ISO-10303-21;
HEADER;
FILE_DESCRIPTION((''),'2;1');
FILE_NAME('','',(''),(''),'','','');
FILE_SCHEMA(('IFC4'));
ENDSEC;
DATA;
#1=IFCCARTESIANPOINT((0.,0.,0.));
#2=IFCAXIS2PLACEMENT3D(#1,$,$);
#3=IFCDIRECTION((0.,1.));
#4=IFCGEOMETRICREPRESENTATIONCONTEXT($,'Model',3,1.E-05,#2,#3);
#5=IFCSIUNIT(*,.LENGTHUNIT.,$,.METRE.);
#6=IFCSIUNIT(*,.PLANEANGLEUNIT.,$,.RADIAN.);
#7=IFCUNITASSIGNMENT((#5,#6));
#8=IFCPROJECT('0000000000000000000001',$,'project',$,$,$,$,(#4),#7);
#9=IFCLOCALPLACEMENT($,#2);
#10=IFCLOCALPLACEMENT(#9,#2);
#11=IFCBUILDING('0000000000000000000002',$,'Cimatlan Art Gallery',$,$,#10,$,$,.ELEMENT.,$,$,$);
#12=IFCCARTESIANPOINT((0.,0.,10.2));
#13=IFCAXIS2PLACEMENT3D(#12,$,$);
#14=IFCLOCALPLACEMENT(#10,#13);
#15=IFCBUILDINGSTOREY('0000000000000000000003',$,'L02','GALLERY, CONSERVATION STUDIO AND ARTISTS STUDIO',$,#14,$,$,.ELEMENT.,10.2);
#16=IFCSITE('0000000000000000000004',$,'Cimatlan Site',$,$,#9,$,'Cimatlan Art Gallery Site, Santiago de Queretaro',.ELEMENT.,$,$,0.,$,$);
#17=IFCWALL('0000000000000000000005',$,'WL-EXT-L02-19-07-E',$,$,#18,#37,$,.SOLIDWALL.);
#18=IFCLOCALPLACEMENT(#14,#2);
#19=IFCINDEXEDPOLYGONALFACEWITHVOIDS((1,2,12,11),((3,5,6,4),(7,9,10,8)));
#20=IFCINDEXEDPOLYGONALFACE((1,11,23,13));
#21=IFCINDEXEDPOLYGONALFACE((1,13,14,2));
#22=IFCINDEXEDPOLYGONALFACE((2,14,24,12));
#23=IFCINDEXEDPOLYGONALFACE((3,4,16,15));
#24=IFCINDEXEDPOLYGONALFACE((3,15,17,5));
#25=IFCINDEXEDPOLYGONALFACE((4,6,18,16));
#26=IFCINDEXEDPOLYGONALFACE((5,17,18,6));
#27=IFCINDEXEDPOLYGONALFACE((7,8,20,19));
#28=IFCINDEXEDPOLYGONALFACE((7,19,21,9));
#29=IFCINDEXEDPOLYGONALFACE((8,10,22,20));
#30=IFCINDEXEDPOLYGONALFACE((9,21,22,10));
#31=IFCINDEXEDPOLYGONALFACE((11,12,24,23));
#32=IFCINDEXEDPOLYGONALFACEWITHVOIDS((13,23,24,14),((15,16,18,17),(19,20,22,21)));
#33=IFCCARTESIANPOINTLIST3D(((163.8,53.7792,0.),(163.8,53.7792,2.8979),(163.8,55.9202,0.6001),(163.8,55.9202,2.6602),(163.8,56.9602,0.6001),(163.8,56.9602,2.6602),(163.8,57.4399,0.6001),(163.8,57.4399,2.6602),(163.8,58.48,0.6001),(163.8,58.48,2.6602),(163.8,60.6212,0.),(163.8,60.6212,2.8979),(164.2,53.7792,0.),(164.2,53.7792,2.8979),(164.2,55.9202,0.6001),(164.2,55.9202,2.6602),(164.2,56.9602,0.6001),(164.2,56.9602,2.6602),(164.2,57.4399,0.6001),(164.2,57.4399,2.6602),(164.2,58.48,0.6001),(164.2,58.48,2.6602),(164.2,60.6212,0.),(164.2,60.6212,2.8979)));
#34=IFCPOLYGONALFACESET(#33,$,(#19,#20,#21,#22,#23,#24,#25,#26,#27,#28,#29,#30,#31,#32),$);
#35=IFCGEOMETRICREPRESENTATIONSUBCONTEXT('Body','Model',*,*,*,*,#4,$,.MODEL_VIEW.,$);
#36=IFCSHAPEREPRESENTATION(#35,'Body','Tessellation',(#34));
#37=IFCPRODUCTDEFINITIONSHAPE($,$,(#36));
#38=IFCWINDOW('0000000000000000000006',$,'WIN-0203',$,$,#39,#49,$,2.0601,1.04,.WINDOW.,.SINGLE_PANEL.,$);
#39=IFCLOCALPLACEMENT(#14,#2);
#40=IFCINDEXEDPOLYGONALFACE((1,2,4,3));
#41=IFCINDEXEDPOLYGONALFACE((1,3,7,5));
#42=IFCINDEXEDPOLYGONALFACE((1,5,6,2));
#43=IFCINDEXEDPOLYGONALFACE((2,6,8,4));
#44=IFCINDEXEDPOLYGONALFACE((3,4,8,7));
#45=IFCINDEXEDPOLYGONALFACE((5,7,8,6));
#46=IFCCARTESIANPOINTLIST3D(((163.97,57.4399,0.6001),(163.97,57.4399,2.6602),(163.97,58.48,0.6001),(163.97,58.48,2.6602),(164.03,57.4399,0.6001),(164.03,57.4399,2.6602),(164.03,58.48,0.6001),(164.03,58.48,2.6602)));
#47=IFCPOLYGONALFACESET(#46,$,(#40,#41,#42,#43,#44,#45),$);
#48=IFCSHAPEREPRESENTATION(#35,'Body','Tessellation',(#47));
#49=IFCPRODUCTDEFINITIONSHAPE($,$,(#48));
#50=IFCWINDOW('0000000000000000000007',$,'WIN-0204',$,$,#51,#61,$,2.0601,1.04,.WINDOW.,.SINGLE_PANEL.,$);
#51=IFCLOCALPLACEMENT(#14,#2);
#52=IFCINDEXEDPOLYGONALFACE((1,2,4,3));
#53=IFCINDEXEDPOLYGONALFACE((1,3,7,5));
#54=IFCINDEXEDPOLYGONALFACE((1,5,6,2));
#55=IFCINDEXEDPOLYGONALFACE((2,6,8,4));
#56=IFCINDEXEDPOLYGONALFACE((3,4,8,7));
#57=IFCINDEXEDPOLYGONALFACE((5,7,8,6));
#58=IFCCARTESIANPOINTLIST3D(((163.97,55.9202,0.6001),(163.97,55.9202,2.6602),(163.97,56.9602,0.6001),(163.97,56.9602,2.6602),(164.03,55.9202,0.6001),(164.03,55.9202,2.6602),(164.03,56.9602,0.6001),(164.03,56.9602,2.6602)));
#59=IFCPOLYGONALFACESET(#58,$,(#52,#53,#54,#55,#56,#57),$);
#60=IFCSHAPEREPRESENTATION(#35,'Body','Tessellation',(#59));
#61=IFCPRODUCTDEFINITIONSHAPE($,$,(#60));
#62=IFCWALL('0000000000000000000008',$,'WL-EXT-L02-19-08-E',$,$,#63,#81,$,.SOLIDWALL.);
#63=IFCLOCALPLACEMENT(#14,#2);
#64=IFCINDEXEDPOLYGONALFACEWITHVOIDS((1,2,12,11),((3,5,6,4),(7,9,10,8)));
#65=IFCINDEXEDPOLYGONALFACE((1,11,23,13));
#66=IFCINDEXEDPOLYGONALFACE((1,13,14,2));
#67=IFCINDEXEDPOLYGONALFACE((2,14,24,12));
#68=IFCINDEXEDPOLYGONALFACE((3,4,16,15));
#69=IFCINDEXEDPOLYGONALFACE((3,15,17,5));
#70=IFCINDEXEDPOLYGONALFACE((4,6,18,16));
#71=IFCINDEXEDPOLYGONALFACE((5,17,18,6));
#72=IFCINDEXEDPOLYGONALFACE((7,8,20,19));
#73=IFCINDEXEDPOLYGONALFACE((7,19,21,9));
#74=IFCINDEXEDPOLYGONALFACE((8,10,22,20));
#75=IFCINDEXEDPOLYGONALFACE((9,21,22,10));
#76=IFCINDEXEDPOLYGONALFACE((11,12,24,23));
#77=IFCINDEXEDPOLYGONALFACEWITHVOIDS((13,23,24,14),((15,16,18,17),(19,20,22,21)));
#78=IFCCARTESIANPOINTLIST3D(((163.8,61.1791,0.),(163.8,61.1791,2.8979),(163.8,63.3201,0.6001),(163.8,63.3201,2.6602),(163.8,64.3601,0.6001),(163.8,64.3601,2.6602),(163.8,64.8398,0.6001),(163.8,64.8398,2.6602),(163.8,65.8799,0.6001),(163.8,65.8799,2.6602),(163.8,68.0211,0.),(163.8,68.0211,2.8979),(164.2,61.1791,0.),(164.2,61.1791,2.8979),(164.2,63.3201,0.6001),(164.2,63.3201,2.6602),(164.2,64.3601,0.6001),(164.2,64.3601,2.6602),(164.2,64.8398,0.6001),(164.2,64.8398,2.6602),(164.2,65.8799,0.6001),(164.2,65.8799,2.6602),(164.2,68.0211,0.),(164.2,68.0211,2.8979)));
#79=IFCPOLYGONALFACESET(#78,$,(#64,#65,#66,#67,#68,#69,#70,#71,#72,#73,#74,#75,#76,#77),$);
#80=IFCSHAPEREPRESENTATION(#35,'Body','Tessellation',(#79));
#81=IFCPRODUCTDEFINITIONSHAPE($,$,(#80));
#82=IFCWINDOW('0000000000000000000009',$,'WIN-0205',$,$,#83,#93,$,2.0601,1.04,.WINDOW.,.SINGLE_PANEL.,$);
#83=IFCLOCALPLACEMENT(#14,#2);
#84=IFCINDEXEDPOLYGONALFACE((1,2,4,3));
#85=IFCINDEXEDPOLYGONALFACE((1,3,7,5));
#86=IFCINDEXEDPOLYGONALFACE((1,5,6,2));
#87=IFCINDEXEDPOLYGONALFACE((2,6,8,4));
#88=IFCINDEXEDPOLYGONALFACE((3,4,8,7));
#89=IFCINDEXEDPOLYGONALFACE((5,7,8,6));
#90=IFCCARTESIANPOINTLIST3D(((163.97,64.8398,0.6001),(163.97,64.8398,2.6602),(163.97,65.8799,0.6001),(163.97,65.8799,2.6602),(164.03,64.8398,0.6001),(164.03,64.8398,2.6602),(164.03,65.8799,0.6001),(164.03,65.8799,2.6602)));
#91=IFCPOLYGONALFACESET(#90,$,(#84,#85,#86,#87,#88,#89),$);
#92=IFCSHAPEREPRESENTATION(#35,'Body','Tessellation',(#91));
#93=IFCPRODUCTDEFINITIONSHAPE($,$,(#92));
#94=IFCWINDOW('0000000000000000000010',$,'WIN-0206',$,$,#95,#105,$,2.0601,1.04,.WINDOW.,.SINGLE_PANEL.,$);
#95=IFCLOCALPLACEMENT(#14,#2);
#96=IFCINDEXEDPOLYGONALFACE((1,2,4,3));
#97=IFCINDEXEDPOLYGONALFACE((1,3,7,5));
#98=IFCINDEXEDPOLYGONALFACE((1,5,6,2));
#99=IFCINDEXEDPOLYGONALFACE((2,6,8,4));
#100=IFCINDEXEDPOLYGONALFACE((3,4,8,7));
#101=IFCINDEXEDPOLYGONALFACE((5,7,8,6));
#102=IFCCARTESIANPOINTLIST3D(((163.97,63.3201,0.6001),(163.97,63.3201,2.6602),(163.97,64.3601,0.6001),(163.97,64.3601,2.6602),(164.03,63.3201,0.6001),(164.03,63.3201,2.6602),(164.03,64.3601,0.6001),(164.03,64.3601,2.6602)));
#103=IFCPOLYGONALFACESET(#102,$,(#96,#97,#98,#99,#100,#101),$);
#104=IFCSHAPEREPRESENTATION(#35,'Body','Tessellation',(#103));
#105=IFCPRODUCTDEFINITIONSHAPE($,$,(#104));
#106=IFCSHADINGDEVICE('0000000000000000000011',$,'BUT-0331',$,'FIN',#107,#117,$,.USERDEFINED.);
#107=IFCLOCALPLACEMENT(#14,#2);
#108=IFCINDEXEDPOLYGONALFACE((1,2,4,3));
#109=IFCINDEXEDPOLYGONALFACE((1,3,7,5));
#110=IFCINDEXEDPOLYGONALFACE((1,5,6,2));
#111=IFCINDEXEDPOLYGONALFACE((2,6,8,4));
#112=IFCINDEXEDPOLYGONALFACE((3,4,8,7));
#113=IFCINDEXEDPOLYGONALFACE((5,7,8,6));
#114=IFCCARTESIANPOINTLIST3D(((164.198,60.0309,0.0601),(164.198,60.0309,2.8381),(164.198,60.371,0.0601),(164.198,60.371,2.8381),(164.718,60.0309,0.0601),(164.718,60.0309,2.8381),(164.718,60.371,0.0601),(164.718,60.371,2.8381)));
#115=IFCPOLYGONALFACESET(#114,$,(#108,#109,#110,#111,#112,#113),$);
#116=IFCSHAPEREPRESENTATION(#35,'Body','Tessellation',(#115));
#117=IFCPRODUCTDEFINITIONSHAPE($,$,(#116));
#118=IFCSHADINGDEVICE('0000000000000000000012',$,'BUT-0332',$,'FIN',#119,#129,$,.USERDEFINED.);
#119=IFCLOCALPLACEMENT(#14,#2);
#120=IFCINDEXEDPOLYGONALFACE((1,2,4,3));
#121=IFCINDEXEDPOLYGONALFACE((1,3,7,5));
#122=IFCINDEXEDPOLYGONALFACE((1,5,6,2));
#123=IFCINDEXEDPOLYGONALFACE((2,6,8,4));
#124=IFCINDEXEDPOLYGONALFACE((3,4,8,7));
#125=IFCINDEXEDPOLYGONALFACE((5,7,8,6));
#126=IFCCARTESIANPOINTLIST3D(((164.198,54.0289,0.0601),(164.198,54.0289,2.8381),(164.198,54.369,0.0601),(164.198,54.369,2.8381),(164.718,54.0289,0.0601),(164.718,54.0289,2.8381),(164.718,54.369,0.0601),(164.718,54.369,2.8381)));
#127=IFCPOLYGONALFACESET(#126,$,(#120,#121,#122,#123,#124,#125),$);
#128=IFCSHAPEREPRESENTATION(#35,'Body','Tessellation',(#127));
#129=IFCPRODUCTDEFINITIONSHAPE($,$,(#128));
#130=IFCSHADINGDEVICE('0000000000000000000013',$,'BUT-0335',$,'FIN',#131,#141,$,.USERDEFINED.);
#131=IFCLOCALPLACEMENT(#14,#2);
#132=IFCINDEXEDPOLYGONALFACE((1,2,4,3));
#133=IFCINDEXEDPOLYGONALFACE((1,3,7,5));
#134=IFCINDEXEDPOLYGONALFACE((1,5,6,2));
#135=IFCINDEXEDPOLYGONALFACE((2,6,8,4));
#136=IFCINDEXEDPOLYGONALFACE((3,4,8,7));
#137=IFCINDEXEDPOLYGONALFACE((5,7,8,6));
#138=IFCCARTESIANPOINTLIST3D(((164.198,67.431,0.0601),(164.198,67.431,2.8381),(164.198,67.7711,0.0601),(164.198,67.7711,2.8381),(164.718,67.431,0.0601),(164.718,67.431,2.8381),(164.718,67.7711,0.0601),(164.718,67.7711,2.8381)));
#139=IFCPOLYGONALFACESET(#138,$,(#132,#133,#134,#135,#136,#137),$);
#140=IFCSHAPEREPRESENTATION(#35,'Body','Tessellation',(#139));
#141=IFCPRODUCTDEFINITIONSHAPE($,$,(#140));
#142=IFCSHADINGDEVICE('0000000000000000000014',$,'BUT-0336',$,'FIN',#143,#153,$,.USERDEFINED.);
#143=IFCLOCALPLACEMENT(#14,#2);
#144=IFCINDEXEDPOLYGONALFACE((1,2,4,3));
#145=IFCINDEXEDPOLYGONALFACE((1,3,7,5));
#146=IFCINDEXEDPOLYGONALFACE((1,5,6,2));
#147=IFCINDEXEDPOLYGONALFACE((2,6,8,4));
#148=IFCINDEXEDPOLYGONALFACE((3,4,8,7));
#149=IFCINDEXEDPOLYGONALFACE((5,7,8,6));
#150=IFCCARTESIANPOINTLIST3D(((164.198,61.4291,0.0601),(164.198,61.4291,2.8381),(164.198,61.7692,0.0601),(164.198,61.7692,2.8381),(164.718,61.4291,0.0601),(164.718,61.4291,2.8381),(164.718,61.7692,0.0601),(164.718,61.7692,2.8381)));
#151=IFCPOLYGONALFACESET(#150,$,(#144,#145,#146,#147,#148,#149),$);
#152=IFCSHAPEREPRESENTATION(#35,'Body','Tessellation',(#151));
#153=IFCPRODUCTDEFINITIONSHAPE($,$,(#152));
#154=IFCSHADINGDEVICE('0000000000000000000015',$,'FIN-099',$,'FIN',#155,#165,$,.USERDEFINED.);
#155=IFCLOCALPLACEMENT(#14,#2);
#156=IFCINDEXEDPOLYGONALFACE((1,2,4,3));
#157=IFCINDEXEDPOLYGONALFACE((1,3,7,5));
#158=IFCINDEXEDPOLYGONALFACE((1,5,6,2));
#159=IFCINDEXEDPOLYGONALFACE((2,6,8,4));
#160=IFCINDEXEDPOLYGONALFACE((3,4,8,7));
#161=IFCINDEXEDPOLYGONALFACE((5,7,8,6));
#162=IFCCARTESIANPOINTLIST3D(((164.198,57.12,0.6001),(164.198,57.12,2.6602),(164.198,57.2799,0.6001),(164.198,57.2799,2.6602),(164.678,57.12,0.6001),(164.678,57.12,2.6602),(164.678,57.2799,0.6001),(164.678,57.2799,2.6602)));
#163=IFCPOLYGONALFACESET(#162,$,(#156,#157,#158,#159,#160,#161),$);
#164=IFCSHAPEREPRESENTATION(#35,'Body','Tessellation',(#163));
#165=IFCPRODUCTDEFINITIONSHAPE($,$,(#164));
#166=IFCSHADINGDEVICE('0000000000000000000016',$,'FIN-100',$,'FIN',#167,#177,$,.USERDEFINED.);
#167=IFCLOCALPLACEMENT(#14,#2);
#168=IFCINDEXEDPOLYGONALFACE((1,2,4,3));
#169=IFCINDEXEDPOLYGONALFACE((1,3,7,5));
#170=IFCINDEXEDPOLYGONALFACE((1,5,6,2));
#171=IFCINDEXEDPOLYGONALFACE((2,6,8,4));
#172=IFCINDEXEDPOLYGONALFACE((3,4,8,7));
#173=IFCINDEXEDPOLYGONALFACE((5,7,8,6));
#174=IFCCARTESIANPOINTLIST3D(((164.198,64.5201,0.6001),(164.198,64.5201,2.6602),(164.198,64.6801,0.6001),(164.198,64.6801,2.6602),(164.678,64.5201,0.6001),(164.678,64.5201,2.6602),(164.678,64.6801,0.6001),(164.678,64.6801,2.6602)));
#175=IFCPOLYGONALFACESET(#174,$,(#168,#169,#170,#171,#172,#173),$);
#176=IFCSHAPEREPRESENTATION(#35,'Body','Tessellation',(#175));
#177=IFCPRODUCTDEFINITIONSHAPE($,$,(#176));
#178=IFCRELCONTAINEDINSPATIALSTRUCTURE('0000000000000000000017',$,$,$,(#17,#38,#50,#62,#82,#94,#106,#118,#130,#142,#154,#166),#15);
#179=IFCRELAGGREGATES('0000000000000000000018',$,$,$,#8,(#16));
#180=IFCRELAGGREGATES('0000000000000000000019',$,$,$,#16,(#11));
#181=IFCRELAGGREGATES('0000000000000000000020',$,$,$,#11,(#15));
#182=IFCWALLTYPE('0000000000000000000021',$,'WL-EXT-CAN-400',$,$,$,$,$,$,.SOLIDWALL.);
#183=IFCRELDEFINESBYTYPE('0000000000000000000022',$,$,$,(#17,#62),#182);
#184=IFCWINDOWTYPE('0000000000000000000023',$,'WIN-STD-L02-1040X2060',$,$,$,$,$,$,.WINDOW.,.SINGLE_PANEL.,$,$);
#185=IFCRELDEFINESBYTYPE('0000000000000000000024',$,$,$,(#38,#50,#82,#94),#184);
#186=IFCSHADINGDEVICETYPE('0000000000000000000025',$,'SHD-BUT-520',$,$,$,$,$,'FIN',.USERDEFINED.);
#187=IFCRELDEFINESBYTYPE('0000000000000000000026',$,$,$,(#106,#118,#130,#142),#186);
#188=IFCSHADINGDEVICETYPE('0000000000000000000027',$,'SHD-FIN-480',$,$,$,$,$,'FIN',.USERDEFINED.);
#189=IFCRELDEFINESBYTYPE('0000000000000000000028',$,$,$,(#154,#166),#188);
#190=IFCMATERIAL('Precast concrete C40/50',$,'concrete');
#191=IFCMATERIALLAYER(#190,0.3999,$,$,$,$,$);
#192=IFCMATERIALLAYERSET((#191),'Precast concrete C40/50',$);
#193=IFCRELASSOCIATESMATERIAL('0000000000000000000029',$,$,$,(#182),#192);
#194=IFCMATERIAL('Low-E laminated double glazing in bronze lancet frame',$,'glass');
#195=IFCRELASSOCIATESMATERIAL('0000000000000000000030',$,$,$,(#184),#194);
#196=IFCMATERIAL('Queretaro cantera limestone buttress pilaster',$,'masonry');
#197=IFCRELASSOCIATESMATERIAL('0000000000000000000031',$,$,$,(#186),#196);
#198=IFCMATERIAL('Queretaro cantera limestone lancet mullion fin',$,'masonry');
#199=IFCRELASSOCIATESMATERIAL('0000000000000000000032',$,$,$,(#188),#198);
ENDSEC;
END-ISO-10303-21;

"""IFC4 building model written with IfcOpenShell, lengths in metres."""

from ifc_helpers import new_model, si_unit, direction, frame, frame_2d, origin, origin_2d, place, context, subcontext, project, spatial, rectangle, extrude, material, layer, layer_set, type_object, element, fill, save


model = new_model("IFC4")

# Units and contexts
model_context = context("Model", 3, precision=1e-05, world=origin(), true_north=direction((0.0, 1.0)))
body_context = subcontext(model_context, "Body", "Model", "MODEL_VIEW")
ifc_project = project(units=[si_unit("LENGTHUNIT", "METRE"), si_unit("PLANEANGLEUNIT", "RADIAN")], contexts=[model_context])

# Site, building, storey
site_placement = place(None, origin())
site = spatial("IfcSite", under=ifc_project, at=site_placement, Name="Cimatlan Site", LongName="Cimatlan Art Gallery Site, Santiago de Queretaro", CompositionType="ELEMENT", RefElevation=0.0)
building_placement = place(site_placement, origin())
building = spatial("IfcBuilding", under=site, at=building_placement, Name="Cimatlan Art Gallery", CompositionType="ELEMENT")
storey_placement = place(building_placement, frame((0.0, 0.0, 10.2)))
storey = spatial("IfcBuildingStorey", under=building, at=storey_placement, Name="L02", Description="GALLERY, CONSERVATION STUDIO AND ARTISTS STUDIO", CompositionType="ELEMENT", Elevation=10.2)

# Walls, openings, windows
ifc_material_1 = material(Name="Precast concrete C40/50", Category="concrete")
ifc_layer = layer(ifc_material_1, 0.3999)
ifc_layer_set = layer_set([ifc_layer], Name="Precast concrete C40/50")
wall_type = type_object("IfcWallType", Name="WL-EXT-CAN-400", PredefinedType="SOLIDWALL", material=ifc_layer_set)
wall_1_placement = place(storey_placement, frame((164.0, 60.6211, 0.0), z_axis=(0.0, 0.0, 1.0), x_axis=(0.0, -1.0, 0.0)))
wall_1 = element("IfcWall", 1, at=wall_1_placement, inside=storey, type_object=wall_type, Name="WL-EXT-L02-19-07-E", PredefinedType="SOLIDWALL", context=body_context, shape_type="SweptSolid", body=[
    extrude(rectangle(XDim=6.842, YDim=0.3999, at=frame_2d((3.4209, 0.0))), origin(), (0.0, 0.0, 1.0), 2.8979),
])
opening_1_placement = place(wall_1_placement, frame((2.1411, 0.0, 0.6001)))
opening_1 = element("IfcOpeningElement", 2, at=opening_1_placement, cuts=wall_1, PredefinedType="OPENING", context=body_context, shape_type="SweptSolid", body=[
    extrude(rectangle(XDim=1.04, YDim=2.0601, at=frame_2d((0.52, 1.03))), frame((0.0, 0.21, 0.0), z_axis=(0.0, -1.0, 0.0), x_axis=(1.0, 0.0, 0.0)), (0.0, 0.0, 1.0), 0.4199),
])
opening_2_placement = place(wall_1_placement, frame((3.6609, 0.0, 0.6001)))
opening_2 = element("IfcOpeningElement", 3, at=opening_2_placement, cuts=wall_1, PredefinedType="OPENING", context=body_context, shape_type="SweptSolid", body=[
    extrude(rectangle(XDim=1.04, YDim=2.0601, at=frame_2d((0.52, 1.03))), frame((0.0, 0.21, 0.0), z_axis=(0.0, -1.0, 0.0), x_axis=(1.0, 0.0, 0.0)), (0.0, 0.0, 1.0), 0.4199),
])
ifc_material_2 = material(Name="Low-E laminated double glazing in bronze lancet frame", Category="glass")
window_type = type_object("IfcWindowType", Name="WIN-STD-L02-1040X2060", PartitioningType="SINGLE_PANEL", PredefinedType="WINDOW", material=ifc_material_2)
window_1_placement = place(opening_1_placement, origin())
window_1 = element("IfcWindow", 4, at=window_1_placement, inside=storey, type_object=window_type, Name="WIN-0203", OverallHeight=2.0601, OverallWidth=1.04, PartitioningType="SINGLE_PANEL", PredefinedType="WINDOW", context=body_context, shape_type="SweptSolid", body=[
    extrude(rectangle(XDim=1.04, YDim=2.0601, at=frame_2d((0.52, 1.03))), frame((0.0, 0.03, 0.0), z_axis=(0.0, -1.0, 0.0), x_axis=(1.0, 0.0, 0.0)), (0.0, 0.0, 1.0), 0.0601),
])
fill(opening_1, window_1)
window_2_placement = place(opening_2_placement, origin())
window_2 = element("IfcWindow", 5, at=window_2_placement, inside=storey, type_object=window_type, Name="WIN-0204", OverallHeight=2.0601, OverallWidth=1.04, PartitioningType="SINGLE_PANEL", PredefinedType="WINDOW", context=body_context, shape_type="SweptSolid", body=[
    extrude(rectangle(XDim=1.04, YDim=2.0601, at=frame_2d((0.52, 1.03))), frame((0.0, 0.03, 0.0), z_axis=(0.0, -1.0, 0.0), x_axis=(1.0, 0.0, 0.0)), (0.0, 0.0, 1.0), 0.0601),
])
fill(opening_2, window_2)
wall_2_placement = place(storey_placement, frame((164.0, 68.021, 0.0), z_axis=(0.0, 0.0, 1.0), x_axis=(0.0, -1.0, 0.0)))
wall_2 = element("IfcWall", 6, at=wall_2_placement, inside=storey, type_object=wall_type, Name="WL-EXT-L02-19-08-E", PredefinedType="SOLIDWALL", context=body_context, shape_type="SweptSolid", body=[
    extrude(rectangle(XDim=6.842, YDim=0.3999, at=frame_2d((3.4209, 0.0))), origin(), (0.0, 0.0, 1.0), 2.8979),
])
opening_3_placement = place(wall_2_placement, frame((2.1411, 0.0, 0.6001)))
opening_3 = element("IfcOpeningElement", 7, at=opening_3_placement, cuts=wall_2, PredefinedType="OPENING", context=body_context, shape_type="SweptSolid", body=[
    extrude(rectangle(XDim=1.04, YDim=2.0601, at=frame_2d((0.52, 1.03))), frame((0.0, 0.21, 0.0), z_axis=(0.0, -1.0, 0.0), x_axis=(1.0, 0.0, 0.0)), (0.0, 0.0, 1.0), 0.4199),
])
opening_4_placement = place(wall_2_placement, frame((3.6609, 0.0, 0.6001)))
opening_4 = element("IfcOpeningElement", 8, at=opening_4_placement, cuts=wall_2, PredefinedType="OPENING", context=body_context, shape_type="SweptSolid", body=[
    extrude(rectangle(XDim=1.04, YDim=2.0601, at=frame_2d((0.52, 1.03))), frame((0.0, 0.21, 0.0), z_axis=(0.0, -1.0, 0.0), x_axis=(1.0, 0.0, 0.0)), (0.0, 0.0, 1.0), 0.4199),
])
window_3_placement = place(opening_3_placement, origin())
window_3 = element("IfcWindow", 9, at=window_3_placement, inside=storey, type_object=window_type, Name="WIN-0205", OverallHeight=2.0601, OverallWidth=1.04, PartitioningType="SINGLE_PANEL", PredefinedType="WINDOW", context=body_context, shape_type="SweptSolid", body=[
    extrude(rectangle(XDim=1.04, YDim=2.0601, at=frame_2d((0.52, 1.03))), frame((0.0, 0.03, 0.0), z_axis=(0.0, -1.0, 0.0), x_axis=(1.0, 0.0, 0.0)), (0.0, 0.0, 1.0), 0.0601),
])
fill(opening_3, window_3)
window_4_placement = place(opening_4_placement, origin())
window_4 = element("IfcWindow", 10, at=window_4_placement, inside=storey, type_object=window_type, Name="WIN-0206", OverallHeight=2.0601, OverallWidth=1.04, PartitioningType="SINGLE_PANEL", PredefinedType="WINDOW", context=body_context, shape_type="SweptSolid", body=[
    extrude(rectangle(XDim=1.04, YDim=2.0601, at=frame_2d((0.52, 1.03))), frame((0.0, 0.03, 0.0), z_axis=(0.0, -1.0, 0.0), x_axis=(1.0, 0.0, 0.0)), (0.0, 0.0, 1.0), 0.0601),
])
fill(opening_4, window_4)

# Shading devices
ifc_material_3 = material(Name="Queretaro cantera limestone buttress pilaster", Category="masonry")
shading_device_type_1 = type_object("IfcShadingDeviceType", Name="SHD-BUT-520", ElementType="FIN", PredefinedType="USERDEFINED", material=ifc_material_3)
for number, where, z_axis, x_axis, name in (
    (11, (164.458, 60.2009, 0.0601), (0.0, 0.0, 1.0), (0.0, -1.0, 0.0), "BUT-0331"),
    (12, (164.458, 54.199, 0.0601), (0.0, 0.0, 1.0), (0.0, -1.0, 0.0), "BUT-0332"),
    (13, (164.458, 67.6011, 0.0601), (0.0, 0.0, 1.0), (0.0, -1.0, 0.0), "BUT-0335"),
    (14, (164.458, 61.5991, 0.0601), (0.0, 0.0, 1.0), (0.0, -1.0, 0.0), "BUT-0336"),
):
    element("IfcShadingDevice", number, at=place(storey_placement, frame(where, z_axis=z_axis, x_axis=x_axis)), inside=storey, type_object=shading_device_type_1, Name=name, ObjectType="FIN", PredefinedType="USERDEFINED", context=body_context, shape_type="SweptSolid", body=[
        extrude(rectangle(XDim=0.3401, YDim=0.52, at=origin_2d()), origin(), (0.0, 0.0, 1.0), 2.7781),
    ])
ifc_material_4 = material(Name="Queretaro cantera limestone lancet mullion fin", Category="masonry")
shading_device_type_2 = type_object("IfcShadingDeviceType", Name="SHD-FIN-480", ElementType="FIN", PredefinedType="USERDEFINED", material=ifc_material_4)
for number, where, z_axis, x_axis, name in (
    (15, (164.438, 57.2, 0.6001), (0.0, 0.0, 1.0), (0.0, -1.0, 0.0), "FIN-099"),
    (16, (164.438, 64.6001, 0.6001), (0.0, 0.0, 1.0), (0.0, -1.0, 0.0), "FIN-100"),
):
    element("IfcShadingDevice", number, at=place(storey_placement, frame(where, z_axis=z_axis, x_axis=x_axis)), inside=storey, type_object=shading_device_type_2, Name=name, ObjectType="FIN", PredefinedType="USERDEFINED", context=body_context, shape_type="SweptSolid", body=[
        extrude(rectangle(XDim=0.1599, YDim=0.48, at=origin_2d()), origin(), (0.0, 0.0, 1.0), 2.0601),
    ])

save(model, "model.ifc")
